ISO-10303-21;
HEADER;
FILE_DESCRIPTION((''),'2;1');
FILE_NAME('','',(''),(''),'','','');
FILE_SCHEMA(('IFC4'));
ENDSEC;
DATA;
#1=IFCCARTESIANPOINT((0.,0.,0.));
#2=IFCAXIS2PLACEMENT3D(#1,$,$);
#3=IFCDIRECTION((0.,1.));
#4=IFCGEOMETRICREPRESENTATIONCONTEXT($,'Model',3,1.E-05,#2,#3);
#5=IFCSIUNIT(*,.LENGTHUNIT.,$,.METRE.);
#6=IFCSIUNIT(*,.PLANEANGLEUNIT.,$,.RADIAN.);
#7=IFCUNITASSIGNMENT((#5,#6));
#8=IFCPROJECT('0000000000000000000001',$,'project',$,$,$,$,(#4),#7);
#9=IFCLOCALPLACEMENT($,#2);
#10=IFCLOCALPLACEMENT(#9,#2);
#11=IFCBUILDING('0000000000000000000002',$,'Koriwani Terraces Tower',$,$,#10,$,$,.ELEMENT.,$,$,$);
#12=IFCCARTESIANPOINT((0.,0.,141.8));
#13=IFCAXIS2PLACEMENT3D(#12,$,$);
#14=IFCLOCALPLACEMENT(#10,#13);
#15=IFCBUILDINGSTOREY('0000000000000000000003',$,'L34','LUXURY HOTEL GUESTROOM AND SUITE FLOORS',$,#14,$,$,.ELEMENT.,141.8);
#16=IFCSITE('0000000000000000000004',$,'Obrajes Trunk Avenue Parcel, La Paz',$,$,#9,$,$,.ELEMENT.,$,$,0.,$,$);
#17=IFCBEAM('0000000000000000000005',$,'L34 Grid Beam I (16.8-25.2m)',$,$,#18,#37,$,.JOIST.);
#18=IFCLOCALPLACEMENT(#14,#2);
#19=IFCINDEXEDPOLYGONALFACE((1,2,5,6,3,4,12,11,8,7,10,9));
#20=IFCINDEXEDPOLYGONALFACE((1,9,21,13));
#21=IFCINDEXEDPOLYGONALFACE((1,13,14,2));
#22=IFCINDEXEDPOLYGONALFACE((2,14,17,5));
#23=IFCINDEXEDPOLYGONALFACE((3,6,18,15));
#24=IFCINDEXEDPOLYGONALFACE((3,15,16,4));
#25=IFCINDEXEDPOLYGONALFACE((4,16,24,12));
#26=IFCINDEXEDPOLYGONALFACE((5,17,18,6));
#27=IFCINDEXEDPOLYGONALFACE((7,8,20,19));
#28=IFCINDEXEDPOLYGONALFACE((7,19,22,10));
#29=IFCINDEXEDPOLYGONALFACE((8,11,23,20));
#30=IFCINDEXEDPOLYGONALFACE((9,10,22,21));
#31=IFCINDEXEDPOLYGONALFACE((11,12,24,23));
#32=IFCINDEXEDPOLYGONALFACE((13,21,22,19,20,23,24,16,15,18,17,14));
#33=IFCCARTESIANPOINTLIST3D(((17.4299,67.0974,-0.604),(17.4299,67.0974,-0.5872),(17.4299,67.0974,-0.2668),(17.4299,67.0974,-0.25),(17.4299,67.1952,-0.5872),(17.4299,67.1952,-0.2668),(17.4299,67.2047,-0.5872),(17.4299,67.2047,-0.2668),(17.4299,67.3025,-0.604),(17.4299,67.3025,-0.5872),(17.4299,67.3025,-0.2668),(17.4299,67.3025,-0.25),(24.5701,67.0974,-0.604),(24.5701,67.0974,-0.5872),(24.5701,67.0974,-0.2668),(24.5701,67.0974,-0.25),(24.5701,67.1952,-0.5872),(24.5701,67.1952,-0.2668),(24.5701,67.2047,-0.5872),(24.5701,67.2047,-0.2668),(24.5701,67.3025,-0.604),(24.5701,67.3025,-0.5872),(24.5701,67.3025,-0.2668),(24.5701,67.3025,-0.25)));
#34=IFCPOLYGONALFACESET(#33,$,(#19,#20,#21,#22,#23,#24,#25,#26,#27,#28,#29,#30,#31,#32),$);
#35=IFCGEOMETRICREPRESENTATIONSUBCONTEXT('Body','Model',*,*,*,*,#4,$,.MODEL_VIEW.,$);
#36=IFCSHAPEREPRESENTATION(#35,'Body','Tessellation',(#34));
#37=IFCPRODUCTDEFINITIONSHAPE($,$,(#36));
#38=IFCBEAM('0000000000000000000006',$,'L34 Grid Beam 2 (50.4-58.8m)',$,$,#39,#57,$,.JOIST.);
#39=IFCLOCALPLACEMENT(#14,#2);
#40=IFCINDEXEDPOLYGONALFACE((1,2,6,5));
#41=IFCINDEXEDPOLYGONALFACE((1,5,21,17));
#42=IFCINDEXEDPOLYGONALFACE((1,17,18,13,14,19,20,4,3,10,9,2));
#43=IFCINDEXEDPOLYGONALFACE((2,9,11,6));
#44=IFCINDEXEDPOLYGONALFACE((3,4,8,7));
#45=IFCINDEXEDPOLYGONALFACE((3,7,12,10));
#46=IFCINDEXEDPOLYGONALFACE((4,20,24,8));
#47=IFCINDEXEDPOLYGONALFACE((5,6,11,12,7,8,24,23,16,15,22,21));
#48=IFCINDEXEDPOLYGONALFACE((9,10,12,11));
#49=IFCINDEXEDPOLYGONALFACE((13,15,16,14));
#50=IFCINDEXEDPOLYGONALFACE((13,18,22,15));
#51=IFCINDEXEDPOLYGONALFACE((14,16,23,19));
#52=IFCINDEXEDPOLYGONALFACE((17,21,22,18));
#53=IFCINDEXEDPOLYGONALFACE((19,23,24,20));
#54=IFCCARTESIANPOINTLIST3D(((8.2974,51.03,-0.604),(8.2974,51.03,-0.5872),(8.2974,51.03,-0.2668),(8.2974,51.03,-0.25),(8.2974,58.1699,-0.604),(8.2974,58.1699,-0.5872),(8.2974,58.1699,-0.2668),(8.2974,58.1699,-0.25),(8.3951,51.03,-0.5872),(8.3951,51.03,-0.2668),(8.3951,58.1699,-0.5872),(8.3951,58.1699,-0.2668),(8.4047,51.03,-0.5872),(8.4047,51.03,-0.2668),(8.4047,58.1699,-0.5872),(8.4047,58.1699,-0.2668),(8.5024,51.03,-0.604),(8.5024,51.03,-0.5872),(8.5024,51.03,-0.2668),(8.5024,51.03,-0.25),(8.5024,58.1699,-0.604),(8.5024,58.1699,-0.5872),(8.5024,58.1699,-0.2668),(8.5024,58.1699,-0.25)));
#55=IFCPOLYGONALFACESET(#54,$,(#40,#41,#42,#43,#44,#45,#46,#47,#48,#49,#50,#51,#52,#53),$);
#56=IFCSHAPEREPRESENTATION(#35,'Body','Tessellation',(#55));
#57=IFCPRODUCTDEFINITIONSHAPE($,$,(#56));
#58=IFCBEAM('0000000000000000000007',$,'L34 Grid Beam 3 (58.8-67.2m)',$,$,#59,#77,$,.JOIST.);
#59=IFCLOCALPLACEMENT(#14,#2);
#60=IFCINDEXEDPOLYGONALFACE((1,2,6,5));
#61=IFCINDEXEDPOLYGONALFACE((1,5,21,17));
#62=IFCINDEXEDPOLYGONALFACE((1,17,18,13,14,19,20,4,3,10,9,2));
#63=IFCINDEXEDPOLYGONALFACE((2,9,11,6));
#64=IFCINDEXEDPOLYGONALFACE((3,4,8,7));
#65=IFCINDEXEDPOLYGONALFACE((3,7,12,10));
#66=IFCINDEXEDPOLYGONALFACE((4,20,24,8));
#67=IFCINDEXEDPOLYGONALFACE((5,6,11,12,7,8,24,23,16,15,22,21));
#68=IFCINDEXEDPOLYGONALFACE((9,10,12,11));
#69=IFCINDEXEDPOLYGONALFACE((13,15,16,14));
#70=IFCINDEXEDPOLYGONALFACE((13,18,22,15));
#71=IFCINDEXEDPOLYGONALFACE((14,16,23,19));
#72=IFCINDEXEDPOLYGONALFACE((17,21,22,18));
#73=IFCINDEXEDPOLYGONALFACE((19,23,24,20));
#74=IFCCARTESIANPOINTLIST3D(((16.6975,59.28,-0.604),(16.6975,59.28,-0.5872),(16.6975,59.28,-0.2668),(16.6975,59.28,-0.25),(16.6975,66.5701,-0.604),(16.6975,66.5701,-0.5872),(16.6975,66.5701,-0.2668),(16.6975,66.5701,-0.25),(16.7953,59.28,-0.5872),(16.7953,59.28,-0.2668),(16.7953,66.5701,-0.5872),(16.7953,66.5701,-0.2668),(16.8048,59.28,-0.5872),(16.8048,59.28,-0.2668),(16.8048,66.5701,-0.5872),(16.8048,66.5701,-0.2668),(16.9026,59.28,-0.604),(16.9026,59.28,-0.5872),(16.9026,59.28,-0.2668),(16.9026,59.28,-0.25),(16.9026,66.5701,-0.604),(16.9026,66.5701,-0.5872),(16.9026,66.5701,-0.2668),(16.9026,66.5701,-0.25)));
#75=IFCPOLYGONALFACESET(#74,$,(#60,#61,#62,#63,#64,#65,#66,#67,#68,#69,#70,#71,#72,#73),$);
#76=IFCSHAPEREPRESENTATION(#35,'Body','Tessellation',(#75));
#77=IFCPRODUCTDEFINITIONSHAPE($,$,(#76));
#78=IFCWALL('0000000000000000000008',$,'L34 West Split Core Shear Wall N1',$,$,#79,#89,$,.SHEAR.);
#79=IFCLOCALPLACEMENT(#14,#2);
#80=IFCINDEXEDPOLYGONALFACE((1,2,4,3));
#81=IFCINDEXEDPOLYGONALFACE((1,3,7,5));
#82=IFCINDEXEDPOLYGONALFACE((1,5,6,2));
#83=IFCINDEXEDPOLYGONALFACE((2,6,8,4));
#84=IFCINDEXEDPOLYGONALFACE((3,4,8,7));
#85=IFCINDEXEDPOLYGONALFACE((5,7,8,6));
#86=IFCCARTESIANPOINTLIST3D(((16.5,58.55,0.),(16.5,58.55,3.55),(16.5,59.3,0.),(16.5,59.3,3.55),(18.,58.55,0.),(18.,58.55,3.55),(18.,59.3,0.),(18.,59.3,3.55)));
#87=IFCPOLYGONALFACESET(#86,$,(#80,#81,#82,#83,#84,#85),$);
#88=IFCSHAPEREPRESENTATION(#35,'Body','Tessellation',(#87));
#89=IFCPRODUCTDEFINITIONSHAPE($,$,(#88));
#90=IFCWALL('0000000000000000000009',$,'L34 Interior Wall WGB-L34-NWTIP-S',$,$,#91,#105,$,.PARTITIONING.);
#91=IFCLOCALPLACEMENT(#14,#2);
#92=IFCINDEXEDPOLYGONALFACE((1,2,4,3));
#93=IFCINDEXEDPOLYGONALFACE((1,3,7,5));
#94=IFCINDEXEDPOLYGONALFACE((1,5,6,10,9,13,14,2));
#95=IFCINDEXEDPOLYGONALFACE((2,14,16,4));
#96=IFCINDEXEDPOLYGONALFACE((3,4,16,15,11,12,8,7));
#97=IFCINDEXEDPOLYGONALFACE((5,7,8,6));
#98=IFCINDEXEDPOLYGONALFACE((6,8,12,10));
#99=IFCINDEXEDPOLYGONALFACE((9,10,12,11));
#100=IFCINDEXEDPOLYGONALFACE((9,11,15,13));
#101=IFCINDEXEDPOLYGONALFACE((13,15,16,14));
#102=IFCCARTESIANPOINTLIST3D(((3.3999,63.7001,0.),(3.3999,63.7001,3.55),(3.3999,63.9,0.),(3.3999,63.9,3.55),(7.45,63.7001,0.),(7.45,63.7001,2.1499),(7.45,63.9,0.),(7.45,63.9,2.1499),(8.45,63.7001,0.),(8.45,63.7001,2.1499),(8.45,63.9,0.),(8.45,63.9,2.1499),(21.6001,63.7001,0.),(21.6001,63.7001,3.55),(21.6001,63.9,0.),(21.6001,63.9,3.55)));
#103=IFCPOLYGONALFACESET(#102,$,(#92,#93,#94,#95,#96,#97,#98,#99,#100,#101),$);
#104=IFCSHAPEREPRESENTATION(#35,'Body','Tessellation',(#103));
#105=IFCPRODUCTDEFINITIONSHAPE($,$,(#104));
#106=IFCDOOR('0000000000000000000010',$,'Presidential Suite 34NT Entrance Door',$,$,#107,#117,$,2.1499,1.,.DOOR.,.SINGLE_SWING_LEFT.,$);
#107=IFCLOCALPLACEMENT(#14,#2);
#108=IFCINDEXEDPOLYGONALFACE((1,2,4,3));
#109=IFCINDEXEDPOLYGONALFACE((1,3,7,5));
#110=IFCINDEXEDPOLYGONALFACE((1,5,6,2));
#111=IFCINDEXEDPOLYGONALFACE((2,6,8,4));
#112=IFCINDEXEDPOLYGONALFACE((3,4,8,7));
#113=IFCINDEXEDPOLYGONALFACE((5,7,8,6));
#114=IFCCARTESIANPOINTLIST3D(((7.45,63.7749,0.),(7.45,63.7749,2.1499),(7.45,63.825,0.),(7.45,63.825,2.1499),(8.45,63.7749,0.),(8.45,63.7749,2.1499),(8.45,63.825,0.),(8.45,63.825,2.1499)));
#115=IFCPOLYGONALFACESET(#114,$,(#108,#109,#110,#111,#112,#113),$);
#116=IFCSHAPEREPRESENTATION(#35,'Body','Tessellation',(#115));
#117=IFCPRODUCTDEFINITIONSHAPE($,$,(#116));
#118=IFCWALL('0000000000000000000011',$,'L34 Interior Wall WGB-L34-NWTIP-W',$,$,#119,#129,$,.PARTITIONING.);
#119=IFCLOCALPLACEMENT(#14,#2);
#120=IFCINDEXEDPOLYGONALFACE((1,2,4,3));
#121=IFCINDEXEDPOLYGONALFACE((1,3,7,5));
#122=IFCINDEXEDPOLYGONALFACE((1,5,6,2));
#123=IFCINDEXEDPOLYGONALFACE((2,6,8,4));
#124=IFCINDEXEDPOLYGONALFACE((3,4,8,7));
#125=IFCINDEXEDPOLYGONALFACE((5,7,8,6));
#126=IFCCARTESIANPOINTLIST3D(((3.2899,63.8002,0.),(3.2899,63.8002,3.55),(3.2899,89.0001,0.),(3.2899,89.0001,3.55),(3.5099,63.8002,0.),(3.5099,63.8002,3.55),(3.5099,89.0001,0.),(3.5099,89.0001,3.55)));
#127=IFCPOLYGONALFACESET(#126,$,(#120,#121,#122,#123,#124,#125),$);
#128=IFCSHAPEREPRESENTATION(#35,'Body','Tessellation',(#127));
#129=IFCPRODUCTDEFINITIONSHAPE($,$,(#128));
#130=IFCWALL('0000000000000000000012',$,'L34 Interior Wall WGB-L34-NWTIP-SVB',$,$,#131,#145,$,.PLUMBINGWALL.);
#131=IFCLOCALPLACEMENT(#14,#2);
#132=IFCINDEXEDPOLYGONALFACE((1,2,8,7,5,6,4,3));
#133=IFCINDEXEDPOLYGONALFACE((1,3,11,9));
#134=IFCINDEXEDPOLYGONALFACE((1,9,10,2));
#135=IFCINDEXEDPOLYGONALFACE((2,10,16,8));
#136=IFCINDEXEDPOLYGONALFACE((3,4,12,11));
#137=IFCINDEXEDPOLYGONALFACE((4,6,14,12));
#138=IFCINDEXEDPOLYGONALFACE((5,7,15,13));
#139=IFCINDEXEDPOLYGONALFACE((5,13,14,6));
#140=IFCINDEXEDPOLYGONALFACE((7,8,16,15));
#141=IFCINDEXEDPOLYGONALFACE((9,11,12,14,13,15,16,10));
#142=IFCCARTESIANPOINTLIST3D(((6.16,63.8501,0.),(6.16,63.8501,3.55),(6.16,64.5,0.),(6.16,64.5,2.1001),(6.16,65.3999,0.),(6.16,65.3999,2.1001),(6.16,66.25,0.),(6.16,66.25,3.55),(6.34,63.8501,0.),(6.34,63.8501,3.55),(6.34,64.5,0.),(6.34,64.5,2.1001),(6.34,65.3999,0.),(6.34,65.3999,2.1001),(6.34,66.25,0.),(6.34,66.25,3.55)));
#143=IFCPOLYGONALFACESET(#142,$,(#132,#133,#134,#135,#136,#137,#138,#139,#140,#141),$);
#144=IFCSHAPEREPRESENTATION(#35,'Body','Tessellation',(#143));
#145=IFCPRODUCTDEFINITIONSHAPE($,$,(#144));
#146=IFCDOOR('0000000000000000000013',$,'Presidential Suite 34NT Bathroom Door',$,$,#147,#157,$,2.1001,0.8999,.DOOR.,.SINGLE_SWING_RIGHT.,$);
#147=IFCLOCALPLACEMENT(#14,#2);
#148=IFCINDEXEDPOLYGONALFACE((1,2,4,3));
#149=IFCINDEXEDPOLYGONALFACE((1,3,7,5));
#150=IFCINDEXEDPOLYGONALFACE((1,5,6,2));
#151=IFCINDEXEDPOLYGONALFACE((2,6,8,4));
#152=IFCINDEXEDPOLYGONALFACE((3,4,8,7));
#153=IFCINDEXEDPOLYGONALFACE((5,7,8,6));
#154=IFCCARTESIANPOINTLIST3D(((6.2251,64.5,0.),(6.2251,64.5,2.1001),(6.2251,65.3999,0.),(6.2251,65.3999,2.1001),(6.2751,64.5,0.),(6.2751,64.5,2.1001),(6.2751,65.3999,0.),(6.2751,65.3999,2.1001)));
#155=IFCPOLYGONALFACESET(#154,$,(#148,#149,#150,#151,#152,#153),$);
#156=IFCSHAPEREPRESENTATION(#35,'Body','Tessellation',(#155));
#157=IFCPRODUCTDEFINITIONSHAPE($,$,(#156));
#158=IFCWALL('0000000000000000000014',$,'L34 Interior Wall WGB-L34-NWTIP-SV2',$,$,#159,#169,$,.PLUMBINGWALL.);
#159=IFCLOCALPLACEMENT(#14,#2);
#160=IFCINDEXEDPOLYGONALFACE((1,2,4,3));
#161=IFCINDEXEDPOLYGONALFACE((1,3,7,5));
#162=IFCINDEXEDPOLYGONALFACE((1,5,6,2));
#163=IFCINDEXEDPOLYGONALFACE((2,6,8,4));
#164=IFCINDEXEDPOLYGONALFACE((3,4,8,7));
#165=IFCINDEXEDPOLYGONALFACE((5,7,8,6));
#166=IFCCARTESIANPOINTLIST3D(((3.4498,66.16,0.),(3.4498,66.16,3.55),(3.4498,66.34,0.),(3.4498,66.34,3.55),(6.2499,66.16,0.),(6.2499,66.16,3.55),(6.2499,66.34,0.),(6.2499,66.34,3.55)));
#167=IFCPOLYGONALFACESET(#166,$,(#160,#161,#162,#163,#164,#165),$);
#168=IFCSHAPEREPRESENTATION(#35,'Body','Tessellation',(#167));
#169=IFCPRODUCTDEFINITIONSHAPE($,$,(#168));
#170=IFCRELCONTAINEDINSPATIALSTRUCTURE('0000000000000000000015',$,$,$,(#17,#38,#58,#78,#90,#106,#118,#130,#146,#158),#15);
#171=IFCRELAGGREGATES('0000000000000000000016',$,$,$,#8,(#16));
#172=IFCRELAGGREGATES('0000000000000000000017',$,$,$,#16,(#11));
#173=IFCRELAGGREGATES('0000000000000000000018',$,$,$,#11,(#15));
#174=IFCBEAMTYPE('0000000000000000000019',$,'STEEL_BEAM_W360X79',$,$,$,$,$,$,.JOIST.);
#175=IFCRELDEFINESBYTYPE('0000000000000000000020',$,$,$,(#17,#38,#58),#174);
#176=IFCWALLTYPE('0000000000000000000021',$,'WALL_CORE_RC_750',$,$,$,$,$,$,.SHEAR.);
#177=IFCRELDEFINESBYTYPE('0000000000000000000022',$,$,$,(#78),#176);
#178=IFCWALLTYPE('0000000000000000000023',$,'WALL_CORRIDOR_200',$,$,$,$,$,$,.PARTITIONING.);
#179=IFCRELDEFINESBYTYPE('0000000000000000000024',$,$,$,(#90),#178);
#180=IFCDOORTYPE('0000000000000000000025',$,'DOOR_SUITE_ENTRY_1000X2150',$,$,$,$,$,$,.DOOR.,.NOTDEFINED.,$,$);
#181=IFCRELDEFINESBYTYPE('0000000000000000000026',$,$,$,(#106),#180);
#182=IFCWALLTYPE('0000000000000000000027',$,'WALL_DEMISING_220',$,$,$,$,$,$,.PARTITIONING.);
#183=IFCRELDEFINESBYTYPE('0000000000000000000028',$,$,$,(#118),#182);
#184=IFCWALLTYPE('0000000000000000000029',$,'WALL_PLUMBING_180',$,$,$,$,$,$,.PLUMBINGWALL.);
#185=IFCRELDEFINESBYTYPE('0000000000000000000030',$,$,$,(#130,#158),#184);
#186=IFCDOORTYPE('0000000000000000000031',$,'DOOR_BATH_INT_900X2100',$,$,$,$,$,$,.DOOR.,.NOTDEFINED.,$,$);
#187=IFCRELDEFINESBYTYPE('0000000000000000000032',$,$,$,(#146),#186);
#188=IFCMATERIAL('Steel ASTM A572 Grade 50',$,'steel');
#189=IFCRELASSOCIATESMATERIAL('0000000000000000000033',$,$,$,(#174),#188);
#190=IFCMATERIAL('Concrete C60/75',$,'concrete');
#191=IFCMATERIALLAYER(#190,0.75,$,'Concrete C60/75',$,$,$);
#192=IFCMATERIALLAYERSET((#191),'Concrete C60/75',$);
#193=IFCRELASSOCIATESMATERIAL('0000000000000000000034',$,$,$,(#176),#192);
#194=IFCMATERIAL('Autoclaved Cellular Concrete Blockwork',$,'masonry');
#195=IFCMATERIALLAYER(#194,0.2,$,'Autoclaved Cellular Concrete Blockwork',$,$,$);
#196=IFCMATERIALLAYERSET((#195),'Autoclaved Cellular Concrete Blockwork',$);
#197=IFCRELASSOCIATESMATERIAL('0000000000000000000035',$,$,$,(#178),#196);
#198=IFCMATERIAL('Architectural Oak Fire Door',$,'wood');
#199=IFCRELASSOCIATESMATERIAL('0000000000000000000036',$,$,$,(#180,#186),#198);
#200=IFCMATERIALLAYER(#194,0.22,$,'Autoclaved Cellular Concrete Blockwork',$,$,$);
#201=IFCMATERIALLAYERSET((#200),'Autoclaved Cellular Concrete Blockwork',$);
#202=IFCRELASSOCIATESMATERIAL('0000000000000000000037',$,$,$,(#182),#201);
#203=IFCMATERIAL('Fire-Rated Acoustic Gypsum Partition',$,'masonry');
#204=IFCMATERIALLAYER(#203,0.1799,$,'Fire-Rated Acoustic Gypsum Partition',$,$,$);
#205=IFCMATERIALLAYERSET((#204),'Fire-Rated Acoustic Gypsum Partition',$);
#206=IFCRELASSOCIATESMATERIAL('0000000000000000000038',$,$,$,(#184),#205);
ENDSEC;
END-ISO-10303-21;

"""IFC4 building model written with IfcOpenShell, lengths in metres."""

from ifc_helpers import new_model, si_unit, direction, frame, frame_2d, origin, origin_2d, place, context, subcontext, project, spatial, rectangle, i_section, extrude, material, layer, layer_set, material_profile, profile_set, type_object, element, fill, save


model = new_model("IFC4")

# Units and contexts
model_context = context("Model", 3, precision=1e-05, world=origin(), true_north=direction((0.0, 1.0)))
body_context = subcontext(model_context, "Body", "Model", "MODEL_VIEW")
ifc_project = project(units=[si_unit("LENGTHUNIT", "METRE"), si_unit("PLANEANGLEUNIT", "RADIAN")], contexts=[model_context])

# Site, building, storey
site_placement = place(None, origin())
site = spatial("IfcSite", under=ifc_project, at=site_placement, Name="Obrajes Trunk Avenue Parcel, La Paz", CompositionType="ELEMENT", RefElevation=0.0)
building_placement = place(site_placement, origin())
building = spatial("IfcBuilding", under=site, at=building_placement, Name="Koriwani Terraces Tower", CompositionType="ELEMENT")
storey_placement = place(building_placement, frame((0.0, 0.0, 141.8)))
storey = spatial("IfcBuildingStorey", under=building, at=storey_placement, Name="L34", Description="LUXURY HOTEL GUESTROOM AND SUITE FLOORS", CompositionType="ELEMENT", Elevation=141.8)

# Shared definitions
ifc_material_1 = material(Name="Concrete C60/75", Category="concrete")

# Beams
ifc_material_2 = material(Name="Steel ASTM A572 Grade 50", Category="steel")
ifc_material_profile_1 = material_profile(ifc_material_2, i_section(OverallWidth=0.2051, OverallDepth=0.354, WebThickness=0.0095, FlangeThickness=0.0168, at=origin_2d()), Name="Steel ASTM A572 Grade 50", Category="LoadBearing")
ifc_profile_set_1 = profile_set([ifc_material_profile_1], Name="Steel ASTM A572 Grade 50")
beam_type_1 = type_object("IfcBeamType", Name="STEEL_BEAM_W360X79", PredefinedType="JOIST", material=ifc_profile_set_1)
for number, where, z_axis, x_axis, name in (
    (1, (17.4299, 67.2, -0.427), (1.0, 0.0, 0.0), (0.0, 1.0, 0.0), "L34 Grid Beam I (16.8-25.2m)"),
):
    element("IfcBeam", number, at=place(storey_placement, frame(where, z_axis=z_axis, x_axis=x_axis)), inside=storey, type_object=beam_type_1, Name=name, PredefinedType="JOIST", context=body_context, shape_type="SweptSolid", body=[
        extrude(i_section(OverallWidth=0.2051, OverallDepth=0.354, WebThickness=0.0095, FlangeThickness=0.0168, at=origin_2d()), origin(), (0.0, 0.0, 1.0), 7.1401),
    ])
beam_1_placement = place(storey_placement, frame((8.3999, 51.03, -0.427), z_axis=(0.0, 1.0, 0.0), x_axis=(-1.0, 0.0, 0.0)))
element("IfcBeam", 2, at=beam_1_placement, inside=storey, type_object=beam_type_1, Name="L34 Grid Beam 2 (50.4-58.8m)", PredefinedType="JOIST", context=body_context, shape_type="SweptSolid", body=[
    extrude(i_section(OverallWidth=0.2051, OverallDepth=0.354, WebThickness=0.0095, FlangeThickness=0.0168, at=origin_2d()), origin(), (0.0, 0.0, 1.0), 7.1399),
])
beam_2_placement = place(storey_placement, frame((16.8, 59.28, -0.427), z_axis=(0.0, 1.0, 0.0), x_axis=(-1.0, 0.0, 0.0)))
element("IfcBeam", 3, at=beam_2_placement, inside=storey, type_object=beam_type_1, Name="L34 Grid Beam 3 (58.8-67.2m)", PredefinedType="JOIST", context=body_context, shape_type="SweptSolid", body=[
    extrude(i_section(OverallWidth=0.2051, OverallDepth=0.354, WebThickness=0.0095, FlangeThickness=0.0168, at=origin_2d()), origin(), (0.0, 0.0, 1.0), 7.29),
])

# Wall
ifc_layer_1 = layer(ifc_material_1, 0.75, Name="Concrete C60/75")
ifc_layer_set_1 = layer_set([ifc_layer_1], Name="Concrete C60/75")
wall_type_1 = type_object("IfcWallType", Name="WALL_CORE_RC_750", PredefinedType="SHEAR", material=ifc_layer_set_1)
wall_1_placement = place(storey_placement, frame((16.5, 58.925, 0.0), z_axis=(0.0, 0.0, 1.0), x_axis=(1.0, 0.0, 0.0)))
element("IfcWall", 4, at=wall_1_placement, inside=storey, type_object=wall_type_1, Name="L34 West Split Core Shear Wall N1", PredefinedType="SHEAR", context=body_context, shape_type="SweptSolid", body=[
    extrude(rectangle(XDim=1.5, YDim=0.75, at=frame_2d((0.75, 0.0))), origin(), (0.0, 0.0, 1.0), 3.55),
])

# Wall, opening, door
ifc_material_3 = material(Name="Autoclaved Cellular Concrete Blockwork", Category="masonry")
ifc_layer_2 = layer(ifc_material_3, 0.2, Name="Autoclaved Cellular Concrete Blockwork")
ifc_layer_set_2 = layer_set([ifc_layer_2], Name="Autoclaved Cellular Concrete Blockwork")
wall_type_2 = type_object("IfcWallType", Name="WALL_CORRIDOR_200", PredefinedType="PARTITIONING", material=ifc_layer_set_2)
wall_2_placement = place(storey_placement, frame((3.3999, 63.8, 0.0), z_axis=(0.0, 0.0, 1.0), x_axis=(1.0, 0.0, 0.0)))
wall_2 = element("IfcWall", 5, at=wall_2_placement, inside=storey, type_object=wall_type_2, Name="L34 Interior Wall WGB-L34-NWTIP-S", PredefinedType="PARTITIONING", context=body_context, shape_type="SweptSolid", body=[
    extrude(rectangle(XDim=18.2002, YDim=0.2, at=frame_2d((9.1001, 0.0))), origin(), (0.0, 0.0, 1.0), 3.55),
])
opening_1_placement = place(wall_2_placement, frame((4.05, 0.0, 0.0)))
opening_1 = element("IfcOpeningElement", 6, at=opening_1_placement, cuts=wall_2, PredefinedType="OPENING", context=body_context, shape_type="SweptSolid", body=[
    extrude(rectangle(XDim=1.0, YDim=2.1499, at=frame_2d((0.5, 1.075))), frame((0.0, 0.1099, 0.0), z_axis=(0.0, -1.0, 0.0), x_axis=(1.0, 0.0, 0.0)), (0.0, 0.0, 1.0), 0.22),
])
ifc_material_4 = material(Name="Architectural Oak Fire Door", Category="wood")
door_type_1 = type_object("IfcDoorType", Name="DOOR_SUITE_ENTRY_1000X2150", OperationType="NOTDEFINED", PredefinedType="DOOR", material=ifc_material_4)
door_1_placement = place(opening_1_placement, origin())
door_1 = element("IfcDoor", 7, at=door_1_placement, inside=storey, type_object=door_type_1, Name="Presidential Suite 34NT Entrance Door", OperationType="SINGLE_SWING_LEFT", OverallHeight=2.1499, OverallWidth=1.0, PredefinedType="DOOR", context=body_context, shape_type="SweptSolid", body=[
    extrude(rectangle(XDim=1.0, YDim=2.1499, at=frame_2d((0.5, 1.075))), frame((0.0, 0.0249, 0.0), z_axis=(0.0, -1.0, 0.0), x_axis=(1.0, 0.0, 0.0)), (0.0, 0.0, 1.0), 0.05),
])
fill(opening_1, door_1)

# Wall
ifc_layer_3 = layer(ifc_material_3, 0.22, Name="Autoclaved Cellular Concrete Blockwork")
ifc_layer_set_3 = layer_set([ifc_layer_3], Name="Autoclaved Cellular Concrete Blockwork")
wall_type_3 = type_object("IfcWallType", Name="WALL_DEMISING_220", PredefinedType="PARTITIONING", material=ifc_layer_set_3)
wall_3_placement = place(storey_placement, frame((3.3999, 63.8, 0.0), z_axis=(0.0, 0.0, 1.0), x_axis=(0.0, 1.0, 0.0)))
element("IfcWall", 8, at=wall_3_placement, inside=storey, type_object=wall_type_3, Name="L34 Interior Wall WGB-L34-NWTIP-W", PredefinedType="PARTITIONING", context=body_context, shape_type="SweptSolid", body=[
    extrude(rectangle(XDim=25.2, YDim=0.22, at=frame_2d((12.6001, 0.0))), origin(), (0.0, 0.0, 1.0), 3.55),
])

# Wall, opening, door
ifc_material_5 = material(Name="Fire-Rated Acoustic Gypsum Partition", Category="masonry")
ifc_layer_4 = layer(ifc_material_5, 0.1799, Name="Fire-Rated Acoustic Gypsum Partition")
ifc_layer_set_4 = layer_set([ifc_layer_4], Name="Fire-Rated Acoustic Gypsum Partition")
wall_type_4 = type_object("IfcWallType", Name="WALL_PLUMBING_180", PredefinedType="PLUMBINGWALL", material=ifc_layer_set_4)
wall_4_placement = place(storey_placement, frame((6.25, 63.8501, 0.0), z_axis=(0.0, 0.0, 1.0), x_axis=(0.0, 1.0, 0.0)))
wall_4 = element("IfcWall", 9, at=wall_4_placement, inside=storey, type_object=wall_type_4, Name="L34 Interior Wall WGB-L34-NWTIP-SVB", PredefinedType="PLUMBINGWALL", context=body_context, shape_type="SweptSolid", body=[
    extrude(rectangle(XDim=2.3999, YDim=0.1799, at=frame_2d((1.2, 0.0))), origin(), (0.0, 0.0, 1.0), 3.55),
])
opening_2_placement = place(wall_4_placement, frame((0.6499, 0.0, 0.0)))
opening_2 = element("IfcOpeningElement", 10, at=opening_2_placement, cuts=wall_4, PredefinedType="OPENING", context=body_context, shape_type="SweptSolid", body=[
    extrude(rectangle(XDim=0.8999, YDim=2.1001, at=frame_2d((0.45, 1.05))), frame((0.0, 0.1001, 0.0), z_axis=(0.0, -1.0, 0.0), x_axis=(1.0, 0.0, 0.0)), (0.0, 0.0, 1.0), 0.2),
])
door_type_2 = type_object("IfcDoorType", Name="DOOR_BATH_INT_900X2100", OperationType="NOTDEFINED", PredefinedType="DOOR", material=ifc_material_4)
door_2_placement = place(opening_2_placement, origin())
door_2 = element("IfcDoor", 11, at=door_2_placement, inside=storey, type_object=door_type_2, Name="Presidential Suite 34NT Bathroom Door", OperationType="SINGLE_SWING_RIGHT", OverallHeight=2.1001, OverallWidth=0.8999, PredefinedType="DOOR", context=body_context, shape_type="SweptSolid", body=[
    extrude(rectangle(XDim=0.8999, YDim=2.1001, at=frame_2d((0.45, 1.05))), frame((0.0, 0.0249, 0.0), z_axis=(0.0, -1.0, 0.0), x_axis=(1.0, 0.0, 0.0)), (0.0, 0.0, 1.0), 0.05),
])
fill(opening_2, door_2)

# Wall
wall_5_placement = place(storey_placement, frame((3.45, 66.25, 0.0), z_axis=(0.0, 0.0, 1.0), x_axis=(1.0, 0.0, 0.0)))
element("IfcWall", 12, at=wall_5_placement, inside=storey, type_object=wall_type_4, Name="L34 Interior Wall WGB-L34-NWTIP-SV2", PredefinedType="PLUMBINGWALL", context=body_context, shape_type="SweptSolid", body=[
    extrude(rectangle(XDim=2.8, YDim=0.1799, at=frame_2d((1.3999, 0.0))), origin(), (0.0, 0.0, 1.0), 3.55),
])

save(model, "model.ifc")
